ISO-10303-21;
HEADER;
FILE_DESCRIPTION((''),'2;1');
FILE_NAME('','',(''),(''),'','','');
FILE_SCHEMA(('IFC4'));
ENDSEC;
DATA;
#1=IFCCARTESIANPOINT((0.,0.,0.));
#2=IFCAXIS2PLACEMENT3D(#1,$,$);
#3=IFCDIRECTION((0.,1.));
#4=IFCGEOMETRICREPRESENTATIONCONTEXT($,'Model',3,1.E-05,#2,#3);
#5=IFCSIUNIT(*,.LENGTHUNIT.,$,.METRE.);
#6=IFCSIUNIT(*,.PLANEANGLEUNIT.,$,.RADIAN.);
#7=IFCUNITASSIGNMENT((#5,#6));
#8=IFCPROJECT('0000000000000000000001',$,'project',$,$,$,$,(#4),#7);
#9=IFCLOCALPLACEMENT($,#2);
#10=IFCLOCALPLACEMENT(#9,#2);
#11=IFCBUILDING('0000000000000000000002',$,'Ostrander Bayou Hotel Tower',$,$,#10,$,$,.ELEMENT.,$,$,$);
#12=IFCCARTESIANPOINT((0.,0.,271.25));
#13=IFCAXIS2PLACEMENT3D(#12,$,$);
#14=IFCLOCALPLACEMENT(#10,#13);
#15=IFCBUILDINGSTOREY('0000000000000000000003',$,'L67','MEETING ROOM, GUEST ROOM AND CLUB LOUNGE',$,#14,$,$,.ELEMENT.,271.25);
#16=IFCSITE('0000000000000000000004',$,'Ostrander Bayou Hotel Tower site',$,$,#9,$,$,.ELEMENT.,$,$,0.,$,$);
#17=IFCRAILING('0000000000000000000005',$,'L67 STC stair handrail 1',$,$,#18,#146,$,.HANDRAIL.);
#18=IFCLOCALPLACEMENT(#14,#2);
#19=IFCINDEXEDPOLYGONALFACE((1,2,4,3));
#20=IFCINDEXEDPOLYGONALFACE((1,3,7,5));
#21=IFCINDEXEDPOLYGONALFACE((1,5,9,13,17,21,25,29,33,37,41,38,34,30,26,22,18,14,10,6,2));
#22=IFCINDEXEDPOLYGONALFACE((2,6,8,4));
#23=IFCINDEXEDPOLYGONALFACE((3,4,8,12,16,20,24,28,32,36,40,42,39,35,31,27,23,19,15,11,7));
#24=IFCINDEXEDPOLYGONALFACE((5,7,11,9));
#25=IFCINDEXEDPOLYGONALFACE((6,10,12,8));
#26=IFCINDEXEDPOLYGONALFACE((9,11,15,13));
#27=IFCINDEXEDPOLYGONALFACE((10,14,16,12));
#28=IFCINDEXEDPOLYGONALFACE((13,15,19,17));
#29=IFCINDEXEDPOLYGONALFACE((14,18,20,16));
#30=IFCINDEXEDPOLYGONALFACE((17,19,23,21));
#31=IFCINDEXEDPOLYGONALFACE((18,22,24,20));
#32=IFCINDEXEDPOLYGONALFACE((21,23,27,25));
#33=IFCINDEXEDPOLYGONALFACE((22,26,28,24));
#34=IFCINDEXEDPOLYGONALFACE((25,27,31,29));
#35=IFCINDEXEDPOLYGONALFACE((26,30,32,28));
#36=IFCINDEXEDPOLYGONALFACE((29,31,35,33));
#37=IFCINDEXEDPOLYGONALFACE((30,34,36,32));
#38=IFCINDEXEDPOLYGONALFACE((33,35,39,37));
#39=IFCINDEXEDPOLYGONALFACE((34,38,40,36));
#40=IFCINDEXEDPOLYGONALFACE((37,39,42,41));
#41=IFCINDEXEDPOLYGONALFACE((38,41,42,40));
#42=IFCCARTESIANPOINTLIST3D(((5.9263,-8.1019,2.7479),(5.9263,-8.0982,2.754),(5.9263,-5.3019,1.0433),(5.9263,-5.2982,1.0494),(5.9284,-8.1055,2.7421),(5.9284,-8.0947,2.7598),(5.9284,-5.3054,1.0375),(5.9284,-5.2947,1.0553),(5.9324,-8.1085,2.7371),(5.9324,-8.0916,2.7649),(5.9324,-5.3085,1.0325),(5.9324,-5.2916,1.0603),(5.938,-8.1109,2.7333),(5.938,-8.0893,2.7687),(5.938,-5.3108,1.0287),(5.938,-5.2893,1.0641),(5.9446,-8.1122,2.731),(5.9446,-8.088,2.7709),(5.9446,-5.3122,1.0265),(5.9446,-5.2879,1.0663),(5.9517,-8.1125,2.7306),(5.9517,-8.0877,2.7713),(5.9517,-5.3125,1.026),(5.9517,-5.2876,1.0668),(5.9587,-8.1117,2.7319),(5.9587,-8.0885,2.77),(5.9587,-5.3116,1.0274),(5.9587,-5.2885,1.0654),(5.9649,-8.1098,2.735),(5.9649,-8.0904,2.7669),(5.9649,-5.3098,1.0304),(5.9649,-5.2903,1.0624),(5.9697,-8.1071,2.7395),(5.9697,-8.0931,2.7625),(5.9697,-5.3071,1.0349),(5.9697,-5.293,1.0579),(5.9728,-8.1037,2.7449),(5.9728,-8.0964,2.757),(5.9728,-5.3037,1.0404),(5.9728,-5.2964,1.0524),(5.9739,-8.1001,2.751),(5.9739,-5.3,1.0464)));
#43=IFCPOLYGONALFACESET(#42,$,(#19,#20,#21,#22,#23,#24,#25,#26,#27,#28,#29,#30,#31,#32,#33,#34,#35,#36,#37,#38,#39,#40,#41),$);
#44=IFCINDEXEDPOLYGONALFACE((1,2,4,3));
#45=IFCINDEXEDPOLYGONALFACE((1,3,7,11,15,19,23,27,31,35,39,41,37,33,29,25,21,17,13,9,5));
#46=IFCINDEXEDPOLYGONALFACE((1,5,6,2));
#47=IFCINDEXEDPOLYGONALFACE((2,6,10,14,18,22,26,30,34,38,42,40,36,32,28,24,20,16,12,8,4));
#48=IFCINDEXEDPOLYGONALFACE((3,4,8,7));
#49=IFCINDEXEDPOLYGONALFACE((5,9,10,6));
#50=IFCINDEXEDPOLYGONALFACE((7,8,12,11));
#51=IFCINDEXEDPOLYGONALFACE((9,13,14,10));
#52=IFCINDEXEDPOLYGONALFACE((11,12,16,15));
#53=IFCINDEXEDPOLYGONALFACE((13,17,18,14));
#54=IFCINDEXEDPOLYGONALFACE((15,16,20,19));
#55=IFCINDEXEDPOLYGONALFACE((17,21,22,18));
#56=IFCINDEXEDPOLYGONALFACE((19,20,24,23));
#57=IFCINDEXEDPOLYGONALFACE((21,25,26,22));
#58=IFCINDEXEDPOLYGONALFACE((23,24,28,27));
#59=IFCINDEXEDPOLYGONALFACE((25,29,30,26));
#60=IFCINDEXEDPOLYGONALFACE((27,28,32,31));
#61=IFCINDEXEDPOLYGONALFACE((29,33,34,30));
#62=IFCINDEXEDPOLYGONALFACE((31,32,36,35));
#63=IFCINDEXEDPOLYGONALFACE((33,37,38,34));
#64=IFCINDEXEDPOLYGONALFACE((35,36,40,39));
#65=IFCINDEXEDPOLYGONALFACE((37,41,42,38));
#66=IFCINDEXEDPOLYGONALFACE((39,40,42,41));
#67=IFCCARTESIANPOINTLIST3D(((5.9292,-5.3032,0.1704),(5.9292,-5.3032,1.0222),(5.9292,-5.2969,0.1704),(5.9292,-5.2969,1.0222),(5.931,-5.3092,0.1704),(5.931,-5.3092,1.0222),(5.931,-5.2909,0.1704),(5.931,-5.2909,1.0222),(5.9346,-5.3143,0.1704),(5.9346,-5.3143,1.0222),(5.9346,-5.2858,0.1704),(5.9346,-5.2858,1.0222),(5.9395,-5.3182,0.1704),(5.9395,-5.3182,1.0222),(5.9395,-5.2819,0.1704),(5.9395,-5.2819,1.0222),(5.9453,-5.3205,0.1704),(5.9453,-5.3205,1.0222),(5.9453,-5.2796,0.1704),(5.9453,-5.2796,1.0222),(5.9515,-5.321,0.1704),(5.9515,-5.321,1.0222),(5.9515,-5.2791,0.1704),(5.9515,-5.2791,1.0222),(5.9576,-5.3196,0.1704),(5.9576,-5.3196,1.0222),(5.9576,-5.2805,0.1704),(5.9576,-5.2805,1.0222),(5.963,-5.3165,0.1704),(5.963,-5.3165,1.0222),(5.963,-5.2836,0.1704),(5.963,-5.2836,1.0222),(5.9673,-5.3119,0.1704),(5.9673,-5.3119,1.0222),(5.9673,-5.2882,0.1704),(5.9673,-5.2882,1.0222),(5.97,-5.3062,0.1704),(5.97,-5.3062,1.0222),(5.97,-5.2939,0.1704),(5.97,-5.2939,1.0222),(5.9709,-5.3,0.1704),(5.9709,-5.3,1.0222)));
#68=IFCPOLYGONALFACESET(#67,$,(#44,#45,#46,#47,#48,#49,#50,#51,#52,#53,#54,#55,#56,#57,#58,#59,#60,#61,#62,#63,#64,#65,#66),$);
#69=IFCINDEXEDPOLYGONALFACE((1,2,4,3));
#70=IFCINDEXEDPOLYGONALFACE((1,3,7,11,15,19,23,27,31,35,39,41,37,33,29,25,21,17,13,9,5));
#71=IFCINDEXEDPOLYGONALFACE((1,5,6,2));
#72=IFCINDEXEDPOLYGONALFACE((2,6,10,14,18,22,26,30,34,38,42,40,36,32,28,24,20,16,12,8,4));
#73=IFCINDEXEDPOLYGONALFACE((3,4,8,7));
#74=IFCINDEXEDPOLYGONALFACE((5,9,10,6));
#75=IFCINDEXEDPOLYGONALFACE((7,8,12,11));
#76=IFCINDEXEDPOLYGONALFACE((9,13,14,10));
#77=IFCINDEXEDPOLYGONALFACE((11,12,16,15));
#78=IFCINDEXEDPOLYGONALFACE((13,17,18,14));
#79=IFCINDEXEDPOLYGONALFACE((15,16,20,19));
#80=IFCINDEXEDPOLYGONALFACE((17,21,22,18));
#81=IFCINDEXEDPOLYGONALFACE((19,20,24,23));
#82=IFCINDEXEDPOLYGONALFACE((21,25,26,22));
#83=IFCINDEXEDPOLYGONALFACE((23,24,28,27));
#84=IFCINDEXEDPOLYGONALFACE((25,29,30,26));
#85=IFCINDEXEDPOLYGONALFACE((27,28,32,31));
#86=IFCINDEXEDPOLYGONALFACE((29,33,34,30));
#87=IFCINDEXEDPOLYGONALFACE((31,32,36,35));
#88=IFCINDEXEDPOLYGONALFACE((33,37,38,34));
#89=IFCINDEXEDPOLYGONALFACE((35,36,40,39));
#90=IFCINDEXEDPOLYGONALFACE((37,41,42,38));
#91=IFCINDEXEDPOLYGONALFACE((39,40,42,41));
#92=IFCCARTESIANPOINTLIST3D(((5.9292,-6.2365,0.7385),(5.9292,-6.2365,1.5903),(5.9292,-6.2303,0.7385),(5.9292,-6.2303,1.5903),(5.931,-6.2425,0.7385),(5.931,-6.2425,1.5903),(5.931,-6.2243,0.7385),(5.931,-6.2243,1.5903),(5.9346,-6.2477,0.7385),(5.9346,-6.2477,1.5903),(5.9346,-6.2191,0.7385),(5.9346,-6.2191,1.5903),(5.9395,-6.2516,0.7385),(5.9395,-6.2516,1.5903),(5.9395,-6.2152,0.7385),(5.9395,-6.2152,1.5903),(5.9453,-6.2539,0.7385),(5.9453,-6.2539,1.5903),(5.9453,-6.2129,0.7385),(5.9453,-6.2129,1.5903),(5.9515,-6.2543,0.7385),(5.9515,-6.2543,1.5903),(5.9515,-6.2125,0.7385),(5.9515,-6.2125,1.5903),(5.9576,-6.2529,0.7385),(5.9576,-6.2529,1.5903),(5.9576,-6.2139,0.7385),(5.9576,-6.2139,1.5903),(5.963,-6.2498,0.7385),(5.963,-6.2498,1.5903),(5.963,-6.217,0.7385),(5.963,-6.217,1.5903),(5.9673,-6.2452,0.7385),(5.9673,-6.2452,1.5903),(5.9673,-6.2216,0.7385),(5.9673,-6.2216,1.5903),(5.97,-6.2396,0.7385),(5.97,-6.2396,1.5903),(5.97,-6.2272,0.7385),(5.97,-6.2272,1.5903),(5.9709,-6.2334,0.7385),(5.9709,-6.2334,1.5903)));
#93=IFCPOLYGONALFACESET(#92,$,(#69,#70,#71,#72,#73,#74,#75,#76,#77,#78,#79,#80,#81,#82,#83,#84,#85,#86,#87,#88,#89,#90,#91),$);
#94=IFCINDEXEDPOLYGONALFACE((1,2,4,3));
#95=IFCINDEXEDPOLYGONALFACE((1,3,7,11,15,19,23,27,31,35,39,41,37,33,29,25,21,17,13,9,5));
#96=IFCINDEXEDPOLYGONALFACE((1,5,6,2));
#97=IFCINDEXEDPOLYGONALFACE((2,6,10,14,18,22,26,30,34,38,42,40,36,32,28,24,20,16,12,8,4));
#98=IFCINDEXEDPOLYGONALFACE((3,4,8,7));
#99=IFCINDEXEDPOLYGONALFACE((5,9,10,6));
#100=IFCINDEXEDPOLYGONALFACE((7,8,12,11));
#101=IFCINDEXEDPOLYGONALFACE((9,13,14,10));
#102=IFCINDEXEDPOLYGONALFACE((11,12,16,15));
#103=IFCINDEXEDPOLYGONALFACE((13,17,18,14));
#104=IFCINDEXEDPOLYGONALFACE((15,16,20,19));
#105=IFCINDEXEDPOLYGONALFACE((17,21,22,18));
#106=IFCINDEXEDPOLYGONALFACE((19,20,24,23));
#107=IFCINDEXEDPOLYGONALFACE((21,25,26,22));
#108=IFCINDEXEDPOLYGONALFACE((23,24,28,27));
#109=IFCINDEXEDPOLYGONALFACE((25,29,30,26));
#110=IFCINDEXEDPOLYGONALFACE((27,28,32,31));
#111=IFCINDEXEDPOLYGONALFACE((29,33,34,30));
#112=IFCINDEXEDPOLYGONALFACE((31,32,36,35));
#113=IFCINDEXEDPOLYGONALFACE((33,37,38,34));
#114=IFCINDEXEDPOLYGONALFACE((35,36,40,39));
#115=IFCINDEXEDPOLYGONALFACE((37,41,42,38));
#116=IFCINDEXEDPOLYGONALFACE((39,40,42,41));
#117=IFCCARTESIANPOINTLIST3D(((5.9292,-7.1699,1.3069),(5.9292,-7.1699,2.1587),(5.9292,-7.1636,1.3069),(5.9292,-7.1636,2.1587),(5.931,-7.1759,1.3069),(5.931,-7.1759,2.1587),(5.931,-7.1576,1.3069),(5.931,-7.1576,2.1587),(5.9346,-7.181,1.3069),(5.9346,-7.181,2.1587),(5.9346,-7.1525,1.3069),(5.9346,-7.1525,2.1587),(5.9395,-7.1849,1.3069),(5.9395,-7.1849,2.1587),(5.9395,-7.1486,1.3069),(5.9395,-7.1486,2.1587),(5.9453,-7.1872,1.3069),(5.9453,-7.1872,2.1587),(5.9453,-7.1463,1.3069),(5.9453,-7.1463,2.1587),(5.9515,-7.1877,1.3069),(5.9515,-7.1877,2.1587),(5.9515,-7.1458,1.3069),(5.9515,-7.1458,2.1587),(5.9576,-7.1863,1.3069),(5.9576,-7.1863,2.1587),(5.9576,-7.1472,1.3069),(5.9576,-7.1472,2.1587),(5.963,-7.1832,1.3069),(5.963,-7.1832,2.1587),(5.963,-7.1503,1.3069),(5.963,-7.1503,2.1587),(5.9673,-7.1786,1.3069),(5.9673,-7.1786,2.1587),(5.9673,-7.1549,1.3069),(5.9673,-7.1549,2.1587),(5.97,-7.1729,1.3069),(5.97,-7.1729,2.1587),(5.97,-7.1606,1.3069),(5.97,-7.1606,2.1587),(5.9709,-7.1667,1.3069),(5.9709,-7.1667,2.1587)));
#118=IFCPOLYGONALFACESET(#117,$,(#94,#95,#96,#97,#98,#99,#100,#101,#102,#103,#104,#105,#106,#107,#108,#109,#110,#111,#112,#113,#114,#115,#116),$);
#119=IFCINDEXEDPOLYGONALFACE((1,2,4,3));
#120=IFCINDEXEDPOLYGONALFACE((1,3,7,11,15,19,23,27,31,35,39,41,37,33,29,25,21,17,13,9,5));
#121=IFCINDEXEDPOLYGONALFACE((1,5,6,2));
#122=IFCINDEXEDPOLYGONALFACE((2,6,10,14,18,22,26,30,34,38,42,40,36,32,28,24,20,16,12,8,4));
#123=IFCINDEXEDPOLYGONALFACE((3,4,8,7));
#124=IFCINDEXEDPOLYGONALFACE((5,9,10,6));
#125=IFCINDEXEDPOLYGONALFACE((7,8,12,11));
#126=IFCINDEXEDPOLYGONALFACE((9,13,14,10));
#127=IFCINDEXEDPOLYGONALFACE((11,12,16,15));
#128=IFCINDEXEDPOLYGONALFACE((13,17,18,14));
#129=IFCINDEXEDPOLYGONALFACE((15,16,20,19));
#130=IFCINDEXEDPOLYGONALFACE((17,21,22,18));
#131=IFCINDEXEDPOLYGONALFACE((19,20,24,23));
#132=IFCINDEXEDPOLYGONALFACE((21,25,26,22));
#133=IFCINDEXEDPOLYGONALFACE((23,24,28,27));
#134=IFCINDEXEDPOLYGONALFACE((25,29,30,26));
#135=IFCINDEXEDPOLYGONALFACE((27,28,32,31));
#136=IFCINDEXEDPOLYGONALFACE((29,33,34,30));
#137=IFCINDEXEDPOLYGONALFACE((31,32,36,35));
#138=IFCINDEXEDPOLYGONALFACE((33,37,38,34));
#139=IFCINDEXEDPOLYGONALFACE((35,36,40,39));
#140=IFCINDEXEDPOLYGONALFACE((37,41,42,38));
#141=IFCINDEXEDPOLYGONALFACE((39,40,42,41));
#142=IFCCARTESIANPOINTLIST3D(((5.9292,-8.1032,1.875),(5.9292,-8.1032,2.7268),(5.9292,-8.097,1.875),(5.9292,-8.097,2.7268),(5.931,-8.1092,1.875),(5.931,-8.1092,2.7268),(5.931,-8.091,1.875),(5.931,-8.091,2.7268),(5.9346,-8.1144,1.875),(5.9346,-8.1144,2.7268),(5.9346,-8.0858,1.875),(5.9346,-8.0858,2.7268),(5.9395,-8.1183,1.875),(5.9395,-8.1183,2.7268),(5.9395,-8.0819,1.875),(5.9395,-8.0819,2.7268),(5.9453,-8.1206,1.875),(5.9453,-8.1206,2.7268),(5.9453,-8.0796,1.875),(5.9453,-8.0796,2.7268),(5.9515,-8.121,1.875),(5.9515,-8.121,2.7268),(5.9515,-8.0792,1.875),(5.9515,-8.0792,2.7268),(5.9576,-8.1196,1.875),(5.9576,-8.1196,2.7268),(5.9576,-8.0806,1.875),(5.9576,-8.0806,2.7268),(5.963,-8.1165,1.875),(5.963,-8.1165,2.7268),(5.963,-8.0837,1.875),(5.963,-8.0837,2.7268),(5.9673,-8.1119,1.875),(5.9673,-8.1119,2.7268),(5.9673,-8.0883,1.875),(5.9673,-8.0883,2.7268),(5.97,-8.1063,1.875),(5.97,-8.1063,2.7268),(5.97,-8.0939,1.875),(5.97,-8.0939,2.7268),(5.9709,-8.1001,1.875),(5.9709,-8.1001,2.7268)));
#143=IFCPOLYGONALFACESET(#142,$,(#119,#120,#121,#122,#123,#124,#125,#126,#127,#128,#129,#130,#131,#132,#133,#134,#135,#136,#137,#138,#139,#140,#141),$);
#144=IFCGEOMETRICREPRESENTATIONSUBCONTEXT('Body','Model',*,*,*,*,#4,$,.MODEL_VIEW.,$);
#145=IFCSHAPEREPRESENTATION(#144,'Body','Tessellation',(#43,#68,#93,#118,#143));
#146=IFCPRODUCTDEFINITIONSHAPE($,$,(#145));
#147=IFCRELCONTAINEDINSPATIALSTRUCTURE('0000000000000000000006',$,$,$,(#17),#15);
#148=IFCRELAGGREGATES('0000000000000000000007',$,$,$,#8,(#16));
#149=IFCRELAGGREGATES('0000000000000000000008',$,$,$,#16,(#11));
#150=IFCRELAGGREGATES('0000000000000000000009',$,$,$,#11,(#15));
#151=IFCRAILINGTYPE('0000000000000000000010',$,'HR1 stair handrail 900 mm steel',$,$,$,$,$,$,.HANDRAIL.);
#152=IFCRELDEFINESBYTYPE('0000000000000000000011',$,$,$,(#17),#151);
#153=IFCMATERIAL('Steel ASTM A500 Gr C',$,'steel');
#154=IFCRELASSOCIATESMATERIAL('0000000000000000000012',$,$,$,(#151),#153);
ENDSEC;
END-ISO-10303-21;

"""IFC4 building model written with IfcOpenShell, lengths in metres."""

from ifc_helpers import new_model, si_unit, direction, frame, origin, origin_2d, place, context, subcontext, project, spatial, circle, extrude, material, type_object, element, save


model = new_model("IFC4")

# Units and contexts
model_context = context("Model", 3, precision=1e-05, world=origin(), true_north=direction((0.0, 1.0)))
body_context = subcontext(model_context, "Body", "Model", "MODEL_VIEW")
ifc_project = project(units=[si_unit("LENGTHUNIT", "METRE"), si_unit("PLANEANGLEUNIT", "RADIAN")], contexts=[model_context])

# Site, building, storey
site_placement = place(None, origin())
site = spatial("IfcSite", under=ifc_project, at=site_placement, Name="Ostrander Bayou Hotel Tower site", CompositionType="ELEMENT", RefElevation=0.0)
building_placement = place(site_placement, origin())
building = spatial("IfcBuilding", under=site, at=building_placement, Name="Ostrander Bayou Hotel Tower", CompositionType="ELEMENT")
storey_placement = place(building_placement, frame((0.0, 0.0, 271.25)))
storey = spatial("IfcBuildingStorey", under=building, at=storey_placement, Name="L67", Description="MEETING ROOM, GUEST ROOM AND CLUB LOUNGE", CompositionType="ELEMENT", Elevation=271.25)

# Railing
ifc_material_1 = material(Name="Steel ASTM A500 Gr C", Category="steel")
railing_type_1 = type_object("IfcRailingType", Name="HR1 stair handrail 900 mm steel", PredefinedType="HANDRAIL", material=ifc_material_1)
railing_1_placement = place(storey_placement, frame((5.95, -5.3, 0.1704)))
element("IfcRailing", 1, at=railing_1_placement, inside=storey, type_object=railing_type_1, Name="L67 STC stair handrail 1", PredefinedType="HANDRAIL", context=body_context, shape_type="SweptSolid", body=[
    extrude(circle(Radius=0.0239, at=origin_2d()), frame((0.0, 0.0, 0.876), z_axis=(0.0, -0.85417, 0.519994), x_axis=(1.0, 0.0, 0.0)), (0.0, 0.0, 1.0), 3.2781),
    extrude(circle(Radius=0.021, at=origin_2d()), origin(), (0.0, 0.0, 1.0), 0.8518),
    extrude(circle(Radius=0.021, at=origin_2d()), frame((0.0, -0.9333, 0.5681)), (0.0, 0.0, 1.0), 0.8518),
    extrude(circle(Radius=0.021, at=origin_2d()), frame((0.0, -1.8667, 1.1365)), (0.0, 0.0, 1.0), 0.8518),
    extrude(circle(Radius=0.021, at=origin_2d()), frame((0.0, -2.8, 1.7046)), (0.0, 0.0, 1.0), 0.8518),
])

save(model, "model.ifc")
